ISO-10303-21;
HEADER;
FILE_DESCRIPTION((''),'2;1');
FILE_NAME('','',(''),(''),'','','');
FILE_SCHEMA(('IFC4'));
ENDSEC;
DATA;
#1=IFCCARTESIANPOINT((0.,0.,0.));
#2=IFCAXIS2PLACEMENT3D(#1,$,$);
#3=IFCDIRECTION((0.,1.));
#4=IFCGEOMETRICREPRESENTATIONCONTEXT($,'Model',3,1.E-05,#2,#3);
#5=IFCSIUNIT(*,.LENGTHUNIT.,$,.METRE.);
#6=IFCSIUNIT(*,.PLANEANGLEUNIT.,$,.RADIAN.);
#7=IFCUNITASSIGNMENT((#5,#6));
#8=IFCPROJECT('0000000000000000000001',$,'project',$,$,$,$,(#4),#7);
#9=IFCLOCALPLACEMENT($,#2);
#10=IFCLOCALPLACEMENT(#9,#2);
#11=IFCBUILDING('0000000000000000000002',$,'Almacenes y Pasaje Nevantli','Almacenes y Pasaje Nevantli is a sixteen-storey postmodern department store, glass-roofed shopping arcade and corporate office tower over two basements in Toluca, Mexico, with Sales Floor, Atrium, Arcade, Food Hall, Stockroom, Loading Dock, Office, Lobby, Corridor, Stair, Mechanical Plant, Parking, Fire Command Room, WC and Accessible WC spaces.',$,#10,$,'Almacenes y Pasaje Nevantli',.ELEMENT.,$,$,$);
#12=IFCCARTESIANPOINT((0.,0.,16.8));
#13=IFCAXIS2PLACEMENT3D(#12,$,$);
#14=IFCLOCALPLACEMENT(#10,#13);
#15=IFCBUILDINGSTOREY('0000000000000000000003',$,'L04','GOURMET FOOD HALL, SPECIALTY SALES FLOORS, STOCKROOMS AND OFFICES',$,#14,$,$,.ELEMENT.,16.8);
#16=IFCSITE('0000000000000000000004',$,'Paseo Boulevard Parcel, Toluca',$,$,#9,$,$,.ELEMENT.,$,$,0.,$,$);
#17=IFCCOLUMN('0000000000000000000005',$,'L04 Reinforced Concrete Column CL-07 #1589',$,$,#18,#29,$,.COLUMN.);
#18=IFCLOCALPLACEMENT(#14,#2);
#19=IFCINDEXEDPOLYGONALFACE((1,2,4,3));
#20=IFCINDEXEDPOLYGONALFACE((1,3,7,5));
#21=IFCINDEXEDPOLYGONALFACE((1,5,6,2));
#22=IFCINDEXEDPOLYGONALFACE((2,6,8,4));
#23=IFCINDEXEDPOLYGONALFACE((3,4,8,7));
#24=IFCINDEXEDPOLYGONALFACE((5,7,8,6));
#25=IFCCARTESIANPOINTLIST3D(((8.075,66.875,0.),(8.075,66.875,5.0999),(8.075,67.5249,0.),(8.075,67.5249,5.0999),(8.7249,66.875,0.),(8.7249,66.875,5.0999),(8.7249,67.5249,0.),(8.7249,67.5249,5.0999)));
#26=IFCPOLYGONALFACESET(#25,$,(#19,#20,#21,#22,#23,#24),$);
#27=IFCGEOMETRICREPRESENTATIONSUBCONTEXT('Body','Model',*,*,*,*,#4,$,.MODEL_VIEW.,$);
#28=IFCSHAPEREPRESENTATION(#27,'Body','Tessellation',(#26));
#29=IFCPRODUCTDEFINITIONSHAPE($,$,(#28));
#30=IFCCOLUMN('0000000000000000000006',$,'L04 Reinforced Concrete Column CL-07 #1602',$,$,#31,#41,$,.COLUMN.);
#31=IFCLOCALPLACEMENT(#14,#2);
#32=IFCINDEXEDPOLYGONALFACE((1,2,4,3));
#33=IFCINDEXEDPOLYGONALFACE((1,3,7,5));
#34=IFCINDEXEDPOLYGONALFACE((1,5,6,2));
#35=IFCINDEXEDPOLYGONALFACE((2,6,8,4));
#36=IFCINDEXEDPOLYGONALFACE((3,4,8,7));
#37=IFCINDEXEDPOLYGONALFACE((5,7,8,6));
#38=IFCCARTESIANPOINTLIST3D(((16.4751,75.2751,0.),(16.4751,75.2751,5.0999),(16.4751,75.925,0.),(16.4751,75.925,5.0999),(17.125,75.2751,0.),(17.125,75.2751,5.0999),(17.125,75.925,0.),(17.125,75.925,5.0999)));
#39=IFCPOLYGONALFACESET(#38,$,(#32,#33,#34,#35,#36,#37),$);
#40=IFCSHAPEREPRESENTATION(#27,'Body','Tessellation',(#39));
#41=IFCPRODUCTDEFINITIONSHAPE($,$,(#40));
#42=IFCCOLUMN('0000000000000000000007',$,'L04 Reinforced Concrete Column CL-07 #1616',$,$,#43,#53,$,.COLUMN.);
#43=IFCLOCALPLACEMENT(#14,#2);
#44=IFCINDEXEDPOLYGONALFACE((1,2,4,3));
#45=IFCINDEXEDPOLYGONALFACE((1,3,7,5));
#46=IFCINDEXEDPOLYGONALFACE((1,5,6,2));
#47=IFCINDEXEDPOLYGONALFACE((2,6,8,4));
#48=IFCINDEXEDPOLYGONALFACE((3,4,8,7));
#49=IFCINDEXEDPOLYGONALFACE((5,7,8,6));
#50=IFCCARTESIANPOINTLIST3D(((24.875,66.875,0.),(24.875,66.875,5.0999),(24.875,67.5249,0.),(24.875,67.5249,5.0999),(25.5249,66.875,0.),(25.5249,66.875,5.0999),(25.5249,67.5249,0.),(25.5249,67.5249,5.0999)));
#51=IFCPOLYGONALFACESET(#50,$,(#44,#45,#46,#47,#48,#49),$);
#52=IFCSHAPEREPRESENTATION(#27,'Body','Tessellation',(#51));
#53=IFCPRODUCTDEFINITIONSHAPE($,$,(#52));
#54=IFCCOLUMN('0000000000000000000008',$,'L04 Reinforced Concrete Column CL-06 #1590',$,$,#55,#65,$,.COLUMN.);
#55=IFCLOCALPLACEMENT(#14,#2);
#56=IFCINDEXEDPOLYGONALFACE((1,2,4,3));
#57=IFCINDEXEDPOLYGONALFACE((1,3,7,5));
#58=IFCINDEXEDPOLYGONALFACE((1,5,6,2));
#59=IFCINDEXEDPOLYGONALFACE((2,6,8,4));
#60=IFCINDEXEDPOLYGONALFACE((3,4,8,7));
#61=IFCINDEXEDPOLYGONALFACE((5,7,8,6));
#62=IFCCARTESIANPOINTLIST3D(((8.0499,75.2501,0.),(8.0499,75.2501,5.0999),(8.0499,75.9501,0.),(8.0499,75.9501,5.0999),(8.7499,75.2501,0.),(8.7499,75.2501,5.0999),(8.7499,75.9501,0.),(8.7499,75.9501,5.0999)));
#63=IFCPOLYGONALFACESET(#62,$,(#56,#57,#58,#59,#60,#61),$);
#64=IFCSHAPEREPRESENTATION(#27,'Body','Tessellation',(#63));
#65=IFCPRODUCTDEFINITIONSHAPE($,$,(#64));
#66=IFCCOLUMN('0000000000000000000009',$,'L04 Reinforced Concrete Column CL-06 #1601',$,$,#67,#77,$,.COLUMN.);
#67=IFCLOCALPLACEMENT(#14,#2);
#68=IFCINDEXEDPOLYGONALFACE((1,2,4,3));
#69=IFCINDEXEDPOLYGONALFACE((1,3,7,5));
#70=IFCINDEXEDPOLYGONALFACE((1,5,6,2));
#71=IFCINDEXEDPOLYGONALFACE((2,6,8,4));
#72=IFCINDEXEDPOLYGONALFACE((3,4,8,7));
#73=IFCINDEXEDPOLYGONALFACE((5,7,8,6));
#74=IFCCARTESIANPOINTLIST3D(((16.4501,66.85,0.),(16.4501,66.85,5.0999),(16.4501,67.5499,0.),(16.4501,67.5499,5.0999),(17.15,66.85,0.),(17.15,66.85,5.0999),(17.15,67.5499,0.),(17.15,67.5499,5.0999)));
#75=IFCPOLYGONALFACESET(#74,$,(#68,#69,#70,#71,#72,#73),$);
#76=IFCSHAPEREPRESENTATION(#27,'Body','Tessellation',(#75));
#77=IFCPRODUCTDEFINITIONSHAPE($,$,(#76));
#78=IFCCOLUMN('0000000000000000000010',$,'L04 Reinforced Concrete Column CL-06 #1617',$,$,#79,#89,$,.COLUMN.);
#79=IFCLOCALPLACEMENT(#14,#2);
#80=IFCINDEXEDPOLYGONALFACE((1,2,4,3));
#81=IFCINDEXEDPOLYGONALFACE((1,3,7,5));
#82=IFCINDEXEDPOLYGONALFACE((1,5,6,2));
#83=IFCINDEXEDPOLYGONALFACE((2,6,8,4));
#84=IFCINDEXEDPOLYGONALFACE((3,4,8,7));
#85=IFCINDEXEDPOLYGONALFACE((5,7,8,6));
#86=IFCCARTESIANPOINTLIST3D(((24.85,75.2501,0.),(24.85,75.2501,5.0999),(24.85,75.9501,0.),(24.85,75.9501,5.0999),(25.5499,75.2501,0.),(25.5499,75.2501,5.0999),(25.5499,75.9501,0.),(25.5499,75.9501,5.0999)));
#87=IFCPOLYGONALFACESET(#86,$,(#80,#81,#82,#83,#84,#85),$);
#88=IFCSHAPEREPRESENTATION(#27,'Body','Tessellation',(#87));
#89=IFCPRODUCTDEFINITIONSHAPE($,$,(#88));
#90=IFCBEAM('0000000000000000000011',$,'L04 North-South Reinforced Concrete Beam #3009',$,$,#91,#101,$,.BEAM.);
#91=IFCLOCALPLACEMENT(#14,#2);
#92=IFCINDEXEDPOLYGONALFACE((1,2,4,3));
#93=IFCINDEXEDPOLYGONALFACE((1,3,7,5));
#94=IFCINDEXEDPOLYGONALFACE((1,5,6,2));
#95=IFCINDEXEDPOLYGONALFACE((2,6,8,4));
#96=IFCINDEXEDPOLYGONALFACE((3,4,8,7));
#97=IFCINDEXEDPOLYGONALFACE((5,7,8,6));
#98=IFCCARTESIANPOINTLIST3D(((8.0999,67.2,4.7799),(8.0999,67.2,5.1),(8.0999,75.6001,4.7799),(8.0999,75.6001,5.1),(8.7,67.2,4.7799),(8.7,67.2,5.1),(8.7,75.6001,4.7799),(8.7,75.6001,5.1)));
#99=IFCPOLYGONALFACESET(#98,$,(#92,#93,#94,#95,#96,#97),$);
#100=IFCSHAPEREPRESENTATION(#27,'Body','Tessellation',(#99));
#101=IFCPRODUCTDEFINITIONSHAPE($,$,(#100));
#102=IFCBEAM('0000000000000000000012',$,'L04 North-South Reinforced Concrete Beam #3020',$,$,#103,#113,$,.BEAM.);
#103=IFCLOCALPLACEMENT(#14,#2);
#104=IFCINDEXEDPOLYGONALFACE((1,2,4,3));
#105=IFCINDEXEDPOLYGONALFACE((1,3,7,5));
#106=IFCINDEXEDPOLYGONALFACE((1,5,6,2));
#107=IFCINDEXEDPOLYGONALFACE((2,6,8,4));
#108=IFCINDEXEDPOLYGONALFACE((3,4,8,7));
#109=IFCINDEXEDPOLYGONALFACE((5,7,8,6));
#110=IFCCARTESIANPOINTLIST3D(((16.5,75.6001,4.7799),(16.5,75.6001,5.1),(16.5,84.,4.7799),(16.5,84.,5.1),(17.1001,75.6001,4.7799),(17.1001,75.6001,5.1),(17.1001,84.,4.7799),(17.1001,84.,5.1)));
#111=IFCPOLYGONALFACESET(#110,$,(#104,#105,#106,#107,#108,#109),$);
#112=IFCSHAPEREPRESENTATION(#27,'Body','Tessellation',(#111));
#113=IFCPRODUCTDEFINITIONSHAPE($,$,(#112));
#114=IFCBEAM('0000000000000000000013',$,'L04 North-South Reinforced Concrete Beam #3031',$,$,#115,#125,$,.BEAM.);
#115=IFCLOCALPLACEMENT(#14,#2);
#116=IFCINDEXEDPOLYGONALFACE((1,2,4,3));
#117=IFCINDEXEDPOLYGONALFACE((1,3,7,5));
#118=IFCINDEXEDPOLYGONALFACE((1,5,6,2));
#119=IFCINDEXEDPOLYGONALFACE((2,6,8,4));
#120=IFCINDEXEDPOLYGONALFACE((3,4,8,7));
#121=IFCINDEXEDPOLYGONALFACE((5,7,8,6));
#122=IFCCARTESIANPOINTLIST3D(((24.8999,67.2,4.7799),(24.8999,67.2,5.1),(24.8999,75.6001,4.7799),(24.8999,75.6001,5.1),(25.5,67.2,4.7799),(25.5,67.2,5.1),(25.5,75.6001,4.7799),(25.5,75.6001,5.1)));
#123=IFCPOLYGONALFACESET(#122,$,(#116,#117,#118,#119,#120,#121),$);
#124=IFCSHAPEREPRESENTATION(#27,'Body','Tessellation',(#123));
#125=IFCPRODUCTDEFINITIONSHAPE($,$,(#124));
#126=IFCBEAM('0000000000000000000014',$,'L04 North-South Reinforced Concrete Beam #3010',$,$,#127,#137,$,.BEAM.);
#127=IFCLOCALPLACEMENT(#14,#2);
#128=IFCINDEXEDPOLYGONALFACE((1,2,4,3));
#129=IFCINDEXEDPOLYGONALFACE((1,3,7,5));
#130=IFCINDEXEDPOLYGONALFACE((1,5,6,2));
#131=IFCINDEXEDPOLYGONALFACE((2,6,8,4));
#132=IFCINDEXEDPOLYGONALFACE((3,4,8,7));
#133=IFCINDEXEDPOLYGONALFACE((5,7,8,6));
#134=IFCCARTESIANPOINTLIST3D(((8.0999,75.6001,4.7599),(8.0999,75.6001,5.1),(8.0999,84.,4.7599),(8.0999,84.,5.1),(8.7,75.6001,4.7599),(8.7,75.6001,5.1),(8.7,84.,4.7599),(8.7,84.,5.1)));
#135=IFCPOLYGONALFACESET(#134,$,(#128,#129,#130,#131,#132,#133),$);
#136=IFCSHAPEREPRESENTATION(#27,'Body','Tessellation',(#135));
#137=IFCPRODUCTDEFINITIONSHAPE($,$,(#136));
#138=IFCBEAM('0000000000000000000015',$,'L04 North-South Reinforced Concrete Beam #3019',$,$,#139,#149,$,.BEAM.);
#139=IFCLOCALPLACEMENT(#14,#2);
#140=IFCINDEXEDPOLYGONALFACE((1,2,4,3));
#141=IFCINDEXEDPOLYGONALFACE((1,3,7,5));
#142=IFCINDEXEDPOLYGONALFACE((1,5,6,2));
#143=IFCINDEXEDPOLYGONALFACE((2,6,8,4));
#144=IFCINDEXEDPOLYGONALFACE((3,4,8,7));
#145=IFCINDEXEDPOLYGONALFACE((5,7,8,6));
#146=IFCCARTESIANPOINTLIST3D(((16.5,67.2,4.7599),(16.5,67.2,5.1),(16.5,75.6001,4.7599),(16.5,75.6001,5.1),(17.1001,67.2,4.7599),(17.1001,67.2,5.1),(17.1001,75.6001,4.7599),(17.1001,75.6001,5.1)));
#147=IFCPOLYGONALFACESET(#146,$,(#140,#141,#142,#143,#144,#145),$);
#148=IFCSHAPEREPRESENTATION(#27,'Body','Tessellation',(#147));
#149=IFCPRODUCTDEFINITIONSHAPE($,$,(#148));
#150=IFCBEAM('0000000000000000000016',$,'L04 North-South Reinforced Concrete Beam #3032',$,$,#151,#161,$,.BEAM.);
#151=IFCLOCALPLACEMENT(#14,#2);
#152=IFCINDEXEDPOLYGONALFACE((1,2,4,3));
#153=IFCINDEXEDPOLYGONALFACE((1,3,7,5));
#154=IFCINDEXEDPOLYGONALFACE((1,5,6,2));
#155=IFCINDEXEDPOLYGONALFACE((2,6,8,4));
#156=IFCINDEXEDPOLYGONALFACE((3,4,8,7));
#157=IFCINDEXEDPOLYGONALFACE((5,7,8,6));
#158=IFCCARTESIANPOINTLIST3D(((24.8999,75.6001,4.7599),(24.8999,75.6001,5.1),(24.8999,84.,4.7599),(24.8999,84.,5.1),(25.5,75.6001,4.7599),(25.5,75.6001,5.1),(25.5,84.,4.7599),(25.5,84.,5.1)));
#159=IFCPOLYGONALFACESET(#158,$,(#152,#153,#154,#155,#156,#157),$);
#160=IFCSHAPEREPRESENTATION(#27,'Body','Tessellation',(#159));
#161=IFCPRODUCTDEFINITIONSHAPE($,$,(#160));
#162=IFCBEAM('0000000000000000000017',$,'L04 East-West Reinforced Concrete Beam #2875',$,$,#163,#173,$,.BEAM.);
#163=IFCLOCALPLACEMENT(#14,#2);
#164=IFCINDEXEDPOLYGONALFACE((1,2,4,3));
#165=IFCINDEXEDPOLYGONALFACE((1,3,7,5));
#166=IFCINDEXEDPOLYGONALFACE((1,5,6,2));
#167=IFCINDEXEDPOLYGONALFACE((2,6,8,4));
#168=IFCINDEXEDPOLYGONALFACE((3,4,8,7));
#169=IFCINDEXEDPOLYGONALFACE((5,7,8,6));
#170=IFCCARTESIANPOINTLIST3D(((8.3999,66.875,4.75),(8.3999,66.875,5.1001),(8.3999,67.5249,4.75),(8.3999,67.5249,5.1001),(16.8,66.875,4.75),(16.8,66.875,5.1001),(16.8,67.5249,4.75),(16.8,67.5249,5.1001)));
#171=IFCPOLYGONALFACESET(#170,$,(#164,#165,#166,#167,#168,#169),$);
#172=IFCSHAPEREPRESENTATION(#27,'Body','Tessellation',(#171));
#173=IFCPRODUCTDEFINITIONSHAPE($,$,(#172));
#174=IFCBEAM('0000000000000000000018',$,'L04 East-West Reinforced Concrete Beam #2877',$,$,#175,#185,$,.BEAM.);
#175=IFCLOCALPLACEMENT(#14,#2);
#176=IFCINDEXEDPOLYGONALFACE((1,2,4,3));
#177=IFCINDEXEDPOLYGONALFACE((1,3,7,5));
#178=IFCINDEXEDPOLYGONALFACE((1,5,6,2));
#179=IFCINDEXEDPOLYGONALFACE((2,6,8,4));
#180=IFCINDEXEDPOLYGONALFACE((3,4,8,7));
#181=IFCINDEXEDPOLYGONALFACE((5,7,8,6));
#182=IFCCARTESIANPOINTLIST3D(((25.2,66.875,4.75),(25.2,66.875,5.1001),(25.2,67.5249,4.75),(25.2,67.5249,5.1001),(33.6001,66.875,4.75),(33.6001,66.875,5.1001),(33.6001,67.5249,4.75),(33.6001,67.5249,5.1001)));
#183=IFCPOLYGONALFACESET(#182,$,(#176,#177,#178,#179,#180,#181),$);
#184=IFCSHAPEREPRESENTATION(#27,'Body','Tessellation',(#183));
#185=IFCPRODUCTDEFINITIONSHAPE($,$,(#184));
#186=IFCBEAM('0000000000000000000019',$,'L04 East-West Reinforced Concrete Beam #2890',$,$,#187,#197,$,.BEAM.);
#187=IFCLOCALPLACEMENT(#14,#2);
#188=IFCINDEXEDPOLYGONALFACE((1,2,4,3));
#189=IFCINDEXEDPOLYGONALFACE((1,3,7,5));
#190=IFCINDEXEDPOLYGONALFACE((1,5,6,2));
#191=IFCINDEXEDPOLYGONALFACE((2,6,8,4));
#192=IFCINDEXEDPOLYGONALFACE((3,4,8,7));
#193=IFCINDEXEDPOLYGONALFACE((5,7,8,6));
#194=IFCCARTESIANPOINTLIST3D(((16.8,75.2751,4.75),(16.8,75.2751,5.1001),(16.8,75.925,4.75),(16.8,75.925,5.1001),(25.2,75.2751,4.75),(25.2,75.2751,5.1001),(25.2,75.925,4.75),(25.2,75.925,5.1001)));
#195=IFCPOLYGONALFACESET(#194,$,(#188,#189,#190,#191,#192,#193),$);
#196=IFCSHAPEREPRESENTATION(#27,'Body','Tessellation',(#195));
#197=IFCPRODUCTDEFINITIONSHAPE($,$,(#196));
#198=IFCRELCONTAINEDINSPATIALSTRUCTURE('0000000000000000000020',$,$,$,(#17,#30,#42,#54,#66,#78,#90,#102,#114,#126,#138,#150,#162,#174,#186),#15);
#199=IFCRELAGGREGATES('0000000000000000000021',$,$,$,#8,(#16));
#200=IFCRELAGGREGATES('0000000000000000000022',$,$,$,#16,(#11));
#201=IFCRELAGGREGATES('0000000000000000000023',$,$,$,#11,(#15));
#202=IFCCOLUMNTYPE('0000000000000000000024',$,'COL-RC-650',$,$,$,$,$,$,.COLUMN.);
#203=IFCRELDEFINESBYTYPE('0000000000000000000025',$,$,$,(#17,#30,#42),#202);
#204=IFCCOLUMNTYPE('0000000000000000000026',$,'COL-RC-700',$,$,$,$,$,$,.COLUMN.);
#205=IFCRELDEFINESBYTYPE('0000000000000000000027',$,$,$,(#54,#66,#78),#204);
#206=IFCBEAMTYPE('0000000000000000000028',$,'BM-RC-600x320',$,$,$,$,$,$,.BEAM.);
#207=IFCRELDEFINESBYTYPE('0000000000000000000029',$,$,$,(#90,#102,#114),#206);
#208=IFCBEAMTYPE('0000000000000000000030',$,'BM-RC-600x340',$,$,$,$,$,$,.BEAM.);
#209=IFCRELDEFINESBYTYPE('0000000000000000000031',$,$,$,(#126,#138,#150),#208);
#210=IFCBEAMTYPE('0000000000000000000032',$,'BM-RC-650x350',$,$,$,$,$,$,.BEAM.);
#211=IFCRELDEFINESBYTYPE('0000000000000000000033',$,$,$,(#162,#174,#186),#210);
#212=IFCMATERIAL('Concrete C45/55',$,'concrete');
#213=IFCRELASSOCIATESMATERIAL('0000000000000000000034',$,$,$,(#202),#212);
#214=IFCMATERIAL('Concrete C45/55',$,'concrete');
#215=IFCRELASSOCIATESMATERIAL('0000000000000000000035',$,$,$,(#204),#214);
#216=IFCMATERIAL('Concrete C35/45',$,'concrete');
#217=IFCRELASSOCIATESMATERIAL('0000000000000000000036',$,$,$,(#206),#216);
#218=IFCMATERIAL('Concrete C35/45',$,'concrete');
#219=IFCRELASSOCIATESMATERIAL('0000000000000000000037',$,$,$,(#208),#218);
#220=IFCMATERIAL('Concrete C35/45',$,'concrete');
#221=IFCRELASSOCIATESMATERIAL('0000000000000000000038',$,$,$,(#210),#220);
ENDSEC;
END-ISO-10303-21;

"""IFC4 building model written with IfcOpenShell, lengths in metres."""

from ifc_helpers import new_model, si_unit, direction, frame, origin, origin_2d, place, context, subcontext, project, spatial, rectangle, extrude, material, material_profile, profile_set, type_object, element, save


model = new_model("IFC4")

# Units and contexts
model_context = context("Model", 3, precision=1e-05, world=origin(), true_north=direction((0.0, 1.0)))
body_context = subcontext(model_context, "Body", "Model", "MODEL_VIEW")
ifc_project = project(units=[si_unit("LENGTHUNIT", "METRE"), si_unit("PLANEANGLEUNIT", "RADIAN")], contexts=[model_context])

# Site, building, storey
site_placement = place(None, origin())
site = spatial("IfcSite", under=ifc_project, at=site_placement, Name="Paseo Boulevard Parcel, Toluca", CompositionType="ELEMENT", RefElevation=0.0)
building_placement = place(site_placement, origin())
building = spatial("IfcBuilding", under=site, at=building_placement, Name="Almacenes y Pasaje Nevantli", Description="Almacenes y Pasaje Nevantli is a sixteen-storey postmodern department store, glass-roofed shopping arcade and corporate office tower over two basements in Toluca, Mexico, with Sales Floor, Atrium, Arcade, Food Hall, Stockroom, Loading Dock, Office, Lobby, Corridor, Stair, Mechanical Plant, Parking, Fire Command Room, WC and Accessible WC spaces.", LongName="Almacenes y Pasaje Nevantli", CompositionType="ELEMENT")
storey_placement = place(building_placement, frame((0.0, 0.0, 16.8)))
storey = spatial("IfcBuildingStorey", under=building, at=storey_placement, Name="L04", Description="GOURMET FOOD HALL, SPECIALTY SALES FLOORS, STOCKROOMS AND OFFICES", CompositionType="ELEMENT", Elevation=16.8)

# Columns
ifc_material_1 = material(Name="Concrete C45/55", Category="concrete")
ifc_material_profile_1 = material_profile(ifc_material_1, rectangle(XDim=0.6499, YDim=0.6499, at=origin_2d()), Name="RC-COL-650x650")
ifc_profile_set_1 = profile_set([ifc_material_profile_1], Name="Concrete C45/55")
column_type_1 = type_object("IfcColumnType", Name="COL-RC-650", PredefinedType="COLUMN", material=ifc_profile_set_1)
for number, where, z_axis, x_axis, name in (
    (1, (8.3999, 67.2, 0.0), (0.0, 0.0, 1.0), (1.0, 0.0, 0.0), "L04 Reinforced Concrete Column CL-07 #1589"),
    (2, (16.8, 75.6001, 0.0), (0.0, 0.0, 1.0), (1.0, 0.0, 0.0), "L04 Reinforced Concrete Column CL-07 #1602"),
    (3, (25.2, 67.2, 0.0), (0.0, 0.0, 1.0), (1.0, 0.0, 0.0), "L04 Reinforced Concrete Column CL-07 #1616"),
):
    element("IfcColumn", number, at=place(storey_placement, frame(where, z_axis=z_axis, x_axis=x_axis)), inside=storey, type_object=column_type_1, Name=name, PredefinedType="COLUMN", context=body_context, shape_type="SweptSolid", body=[
        extrude(rectangle(XDim=0.6499, YDim=0.6499, at=origin_2d()), origin(), (0.0, 0.0, 1.0), 5.0999),
    ])
ifc_material_2 = material(Name="Concrete C45/55", Category="concrete")
ifc_material_profile_2 = material_profile(ifc_material_2, rectangle(XDim=0.7, YDim=0.7, at=origin_2d()), Name="RC-COL-700x700")
ifc_profile_set_2 = profile_set([ifc_material_profile_2], Name="Concrete C45/55")
column_type_2 = type_object("IfcColumnType", Name="COL-RC-700", PredefinedType="COLUMN", material=ifc_profile_set_2)
for number, where, z_axis, x_axis, name in (
    (4, (8.3999, 75.6001, 0.0), (0.0, 0.0, 1.0), (1.0, 0.0, 0.0), "L04 Reinforced Concrete Column CL-06 #1590"),
    (5, (16.8, 67.2, 0.0), (0.0, 0.0, 1.0), (1.0, 0.0, 0.0), "L04 Reinforced Concrete Column CL-06 #1601"),
    (6, (25.2, 75.6001, 0.0), (0.0, 0.0, 1.0), (1.0, 0.0, 0.0), "L04 Reinforced Concrete Column CL-06 #1617"),
):
    element("IfcColumn", number, at=place(storey_placement, frame(where, z_axis=z_axis, x_axis=x_axis)), inside=storey, type_object=column_type_2, Name=name, PredefinedType="COLUMN", context=body_context, shape_type="SweptSolid", body=[
        extrude(rectangle(XDim=0.7, YDim=0.7, at=origin_2d()), origin(), (0.0, 0.0, 1.0), 5.0999),
    ])

# Beams
ifc_material_3 = material(Name="Concrete C35/45", Category="concrete")
ifc_material_profile_3 = material_profile(ifc_material_3, rectangle(XDim=0.6001, YDim=0.3201, at=origin_2d()), Name="RC-BM-600x320")
ifc_profile_set_3 = profile_set([ifc_material_profile_3], Name="Concrete C35/45")
beam_type_1 = type_object("IfcBeamType", Name="BM-RC-600x320", PredefinedType="BEAM", material=ifc_profile_set_3)
beam_1_placement = place(storey_placement, frame((8.3999, 67.2, 4.9399), z_axis=(0.0, 1.0, 0.0), x_axis=(-1.0, 0.0, 0.0)))
element("IfcBeam", 7, at=beam_1_placement, inside=storey, type_object=beam_type_1, Name="L04 North-South Reinforced Concrete Beam #3009", PredefinedType="BEAM", context=body_context, shape_type="SweptSolid", body=[
    extrude(rectangle(XDim=0.6001, YDim=0.3201, at=origin_2d()), origin(), (0.0, 0.0, 1.0), 8.4001),
])
beam_2_placement = place(storey_placement, frame((16.8, 75.6001, 4.9399), z_axis=(0.0, 1.0, 0.0), x_axis=(-1.0, 0.0, 0.0)))
element("IfcBeam", 8, at=beam_2_placement, inside=storey, type_object=beam_type_1, Name="L04 North-South Reinforced Concrete Beam #3020", PredefinedType="BEAM", context=body_context, shape_type="SweptSolid", body=[
    extrude(rectangle(XDim=0.6001, YDim=0.3201, at=origin_2d()), origin(), (0.0, 0.0, 1.0), 8.3999),
])
beam_3_placement = place(storey_placement, frame((25.2, 67.2, 4.9399), z_axis=(0.0, 1.0, 0.0), x_axis=(-1.0, 0.0, 0.0)))
element("IfcBeam", 9, at=beam_3_placement, inside=storey, type_object=beam_type_1, Name="L04 North-South Reinforced Concrete Beam #3031", PredefinedType="BEAM", context=body_context, shape_type="SweptSolid", body=[
    extrude(rectangle(XDim=0.6001, YDim=0.3201, at=origin_2d()), origin(), (0.0, 0.0, 1.0), 8.4001),
])
ifc_material_4 = material(Name="Concrete C35/45", Category="concrete")
ifc_material_profile_4 = material_profile(ifc_material_4, rectangle(XDim=0.6001, YDim=0.3401, at=origin_2d()), Name="RC-BM-600x340")
ifc_profile_set_4 = profile_set([ifc_material_profile_4], Name="Concrete C35/45")
beam_type_2 = type_object("IfcBeamType", Name="BM-RC-600x340", PredefinedType="BEAM", material=ifc_profile_set_4)
beam_4_placement = place(storey_placement, frame((8.3999, 75.6001, 4.9299), z_axis=(0.0, 1.0, 0.0), x_axis=(-1.0, 0.0, 0.0)))
element("IfcBeam", 10, at=beam_4_placement, inside=storey, type_object=beam_type_2, Name="L04 North-South Reinforced Concrete Beam #3010", PredefinedType="BEAM", context=body_context, shape_type="SweptSolid", body=[
    extrude(rectangle(XDim=0.6001, YDim=0.3401, at=origin_2d()), origin(), (0.0, 0.0, 1.0), 8.3999),
])
beam_5_placement = place(storey_placement, frame((16.8, 67.2, 4.9299), z_axis=(0.0, 1.0, 0.0), x_axis=(-1.0, 0.0, 0.0)))
element("IfcBeam", 11, at=beam_5_placement, inside=storey, type_object=beam_type_2, Name="L04 North-South Reinforced Concrete Beam #3019", PredefinedType="BEAM", context=body_context, shape_type="SweptSolid", body=[
    extrude(rectangle(XDim=0.6001, YDim=0.3401, at=origin_2d()), origin(), (0.0, 0.0, 1.0), 8.4001),
])
beam_6_placement = place(storey_placement, frame((25.2, 75.6001, 4.9299), z_axis=(0.0, 1.0, 0.0), x_axis=(-1.0, 0.0, 0.0)))
element("IfcBeam", 12, at=beam_6_placement, inside=storey, type_object=beam_type_2, Name="L04 North-South Reinforced Concrete Beam #3032", PredefinedType="BEAM", context=body_context, shape_type="SweptSolid", body=[
    extrude(rectangle(XDim=0.6001, YDim=0.3401, at=origin_2d()), origin(), (0.0, 0.0, 1.0), 8.3999),
])
ifc_material_5 = material(Name="Concrete C35/45", Category="concrete")
ifc_material_profile_5 = material_profile(ifc_material_5, rectangle(XDim=0.6499, YDim=0.3501, at=origin_2d()), Name="RC-BM-650x350")
ifc_profile_set_5 = profile_set([ifc_material_profile_5], Name="Concrete C35/45")
beam_type_3 = type_object("IfcBeamType", Name="BM-RC-650x350", PredefinedType="BEAM", material=ifc_profile_set_5)
for number, where, z_axis, x_axis, name in (
    (13, (8.3999, 67.2, 4.925), (1.0, 0.0, 0.0), (0.0, 1.0, 0.0), "L04 East-West Reinforced Concrete Beam #2875"),
    (14, (25.2, 67.2, 4.925), (1.0, 0.0, 0.0), (0.0, 1.0, 0.0), "L04 East-West Reinforced Concrete Beam #2877"),
):
    element("IfcBeam", number, at=place(storey_placement, frame(where, z_axis=z_axis, x_axis=x_axis)), inside=storey, type_object=beam_type_3, Name=name, PredefinedType="BEAM", context=body_context, shape_type="SweptSolid", body=[
        extrude(rectangle(XDim=0.6499, YDim=0.3501, at=origin_2d()), origin(), (0.0, 0.0, 1.0), 8.4001),
    ])
beam_7_placement = place(storey_placement, frame((16.8, 75.6001, 4.925), z_axis=(1.0, 0.0, 0.0), x_axis=(0.0, 1.0, 0.0)))
element("IfcBeam", 15, at=beam_7_placement, inside=storey, type_object=beam_type_3, Name="L04 East-West Reinforced Concrete Beam #2890", PredefinedType="BEAM", context=body_context, shape_type="SweptSolid", body=[
    extrude(rectangle(XDim=0.6499, YDim=0.3501, at=origin_2d()), origin(), (0.0, 0.0, 1.0), 8.3999),
])

save(model, "model.ifc")
